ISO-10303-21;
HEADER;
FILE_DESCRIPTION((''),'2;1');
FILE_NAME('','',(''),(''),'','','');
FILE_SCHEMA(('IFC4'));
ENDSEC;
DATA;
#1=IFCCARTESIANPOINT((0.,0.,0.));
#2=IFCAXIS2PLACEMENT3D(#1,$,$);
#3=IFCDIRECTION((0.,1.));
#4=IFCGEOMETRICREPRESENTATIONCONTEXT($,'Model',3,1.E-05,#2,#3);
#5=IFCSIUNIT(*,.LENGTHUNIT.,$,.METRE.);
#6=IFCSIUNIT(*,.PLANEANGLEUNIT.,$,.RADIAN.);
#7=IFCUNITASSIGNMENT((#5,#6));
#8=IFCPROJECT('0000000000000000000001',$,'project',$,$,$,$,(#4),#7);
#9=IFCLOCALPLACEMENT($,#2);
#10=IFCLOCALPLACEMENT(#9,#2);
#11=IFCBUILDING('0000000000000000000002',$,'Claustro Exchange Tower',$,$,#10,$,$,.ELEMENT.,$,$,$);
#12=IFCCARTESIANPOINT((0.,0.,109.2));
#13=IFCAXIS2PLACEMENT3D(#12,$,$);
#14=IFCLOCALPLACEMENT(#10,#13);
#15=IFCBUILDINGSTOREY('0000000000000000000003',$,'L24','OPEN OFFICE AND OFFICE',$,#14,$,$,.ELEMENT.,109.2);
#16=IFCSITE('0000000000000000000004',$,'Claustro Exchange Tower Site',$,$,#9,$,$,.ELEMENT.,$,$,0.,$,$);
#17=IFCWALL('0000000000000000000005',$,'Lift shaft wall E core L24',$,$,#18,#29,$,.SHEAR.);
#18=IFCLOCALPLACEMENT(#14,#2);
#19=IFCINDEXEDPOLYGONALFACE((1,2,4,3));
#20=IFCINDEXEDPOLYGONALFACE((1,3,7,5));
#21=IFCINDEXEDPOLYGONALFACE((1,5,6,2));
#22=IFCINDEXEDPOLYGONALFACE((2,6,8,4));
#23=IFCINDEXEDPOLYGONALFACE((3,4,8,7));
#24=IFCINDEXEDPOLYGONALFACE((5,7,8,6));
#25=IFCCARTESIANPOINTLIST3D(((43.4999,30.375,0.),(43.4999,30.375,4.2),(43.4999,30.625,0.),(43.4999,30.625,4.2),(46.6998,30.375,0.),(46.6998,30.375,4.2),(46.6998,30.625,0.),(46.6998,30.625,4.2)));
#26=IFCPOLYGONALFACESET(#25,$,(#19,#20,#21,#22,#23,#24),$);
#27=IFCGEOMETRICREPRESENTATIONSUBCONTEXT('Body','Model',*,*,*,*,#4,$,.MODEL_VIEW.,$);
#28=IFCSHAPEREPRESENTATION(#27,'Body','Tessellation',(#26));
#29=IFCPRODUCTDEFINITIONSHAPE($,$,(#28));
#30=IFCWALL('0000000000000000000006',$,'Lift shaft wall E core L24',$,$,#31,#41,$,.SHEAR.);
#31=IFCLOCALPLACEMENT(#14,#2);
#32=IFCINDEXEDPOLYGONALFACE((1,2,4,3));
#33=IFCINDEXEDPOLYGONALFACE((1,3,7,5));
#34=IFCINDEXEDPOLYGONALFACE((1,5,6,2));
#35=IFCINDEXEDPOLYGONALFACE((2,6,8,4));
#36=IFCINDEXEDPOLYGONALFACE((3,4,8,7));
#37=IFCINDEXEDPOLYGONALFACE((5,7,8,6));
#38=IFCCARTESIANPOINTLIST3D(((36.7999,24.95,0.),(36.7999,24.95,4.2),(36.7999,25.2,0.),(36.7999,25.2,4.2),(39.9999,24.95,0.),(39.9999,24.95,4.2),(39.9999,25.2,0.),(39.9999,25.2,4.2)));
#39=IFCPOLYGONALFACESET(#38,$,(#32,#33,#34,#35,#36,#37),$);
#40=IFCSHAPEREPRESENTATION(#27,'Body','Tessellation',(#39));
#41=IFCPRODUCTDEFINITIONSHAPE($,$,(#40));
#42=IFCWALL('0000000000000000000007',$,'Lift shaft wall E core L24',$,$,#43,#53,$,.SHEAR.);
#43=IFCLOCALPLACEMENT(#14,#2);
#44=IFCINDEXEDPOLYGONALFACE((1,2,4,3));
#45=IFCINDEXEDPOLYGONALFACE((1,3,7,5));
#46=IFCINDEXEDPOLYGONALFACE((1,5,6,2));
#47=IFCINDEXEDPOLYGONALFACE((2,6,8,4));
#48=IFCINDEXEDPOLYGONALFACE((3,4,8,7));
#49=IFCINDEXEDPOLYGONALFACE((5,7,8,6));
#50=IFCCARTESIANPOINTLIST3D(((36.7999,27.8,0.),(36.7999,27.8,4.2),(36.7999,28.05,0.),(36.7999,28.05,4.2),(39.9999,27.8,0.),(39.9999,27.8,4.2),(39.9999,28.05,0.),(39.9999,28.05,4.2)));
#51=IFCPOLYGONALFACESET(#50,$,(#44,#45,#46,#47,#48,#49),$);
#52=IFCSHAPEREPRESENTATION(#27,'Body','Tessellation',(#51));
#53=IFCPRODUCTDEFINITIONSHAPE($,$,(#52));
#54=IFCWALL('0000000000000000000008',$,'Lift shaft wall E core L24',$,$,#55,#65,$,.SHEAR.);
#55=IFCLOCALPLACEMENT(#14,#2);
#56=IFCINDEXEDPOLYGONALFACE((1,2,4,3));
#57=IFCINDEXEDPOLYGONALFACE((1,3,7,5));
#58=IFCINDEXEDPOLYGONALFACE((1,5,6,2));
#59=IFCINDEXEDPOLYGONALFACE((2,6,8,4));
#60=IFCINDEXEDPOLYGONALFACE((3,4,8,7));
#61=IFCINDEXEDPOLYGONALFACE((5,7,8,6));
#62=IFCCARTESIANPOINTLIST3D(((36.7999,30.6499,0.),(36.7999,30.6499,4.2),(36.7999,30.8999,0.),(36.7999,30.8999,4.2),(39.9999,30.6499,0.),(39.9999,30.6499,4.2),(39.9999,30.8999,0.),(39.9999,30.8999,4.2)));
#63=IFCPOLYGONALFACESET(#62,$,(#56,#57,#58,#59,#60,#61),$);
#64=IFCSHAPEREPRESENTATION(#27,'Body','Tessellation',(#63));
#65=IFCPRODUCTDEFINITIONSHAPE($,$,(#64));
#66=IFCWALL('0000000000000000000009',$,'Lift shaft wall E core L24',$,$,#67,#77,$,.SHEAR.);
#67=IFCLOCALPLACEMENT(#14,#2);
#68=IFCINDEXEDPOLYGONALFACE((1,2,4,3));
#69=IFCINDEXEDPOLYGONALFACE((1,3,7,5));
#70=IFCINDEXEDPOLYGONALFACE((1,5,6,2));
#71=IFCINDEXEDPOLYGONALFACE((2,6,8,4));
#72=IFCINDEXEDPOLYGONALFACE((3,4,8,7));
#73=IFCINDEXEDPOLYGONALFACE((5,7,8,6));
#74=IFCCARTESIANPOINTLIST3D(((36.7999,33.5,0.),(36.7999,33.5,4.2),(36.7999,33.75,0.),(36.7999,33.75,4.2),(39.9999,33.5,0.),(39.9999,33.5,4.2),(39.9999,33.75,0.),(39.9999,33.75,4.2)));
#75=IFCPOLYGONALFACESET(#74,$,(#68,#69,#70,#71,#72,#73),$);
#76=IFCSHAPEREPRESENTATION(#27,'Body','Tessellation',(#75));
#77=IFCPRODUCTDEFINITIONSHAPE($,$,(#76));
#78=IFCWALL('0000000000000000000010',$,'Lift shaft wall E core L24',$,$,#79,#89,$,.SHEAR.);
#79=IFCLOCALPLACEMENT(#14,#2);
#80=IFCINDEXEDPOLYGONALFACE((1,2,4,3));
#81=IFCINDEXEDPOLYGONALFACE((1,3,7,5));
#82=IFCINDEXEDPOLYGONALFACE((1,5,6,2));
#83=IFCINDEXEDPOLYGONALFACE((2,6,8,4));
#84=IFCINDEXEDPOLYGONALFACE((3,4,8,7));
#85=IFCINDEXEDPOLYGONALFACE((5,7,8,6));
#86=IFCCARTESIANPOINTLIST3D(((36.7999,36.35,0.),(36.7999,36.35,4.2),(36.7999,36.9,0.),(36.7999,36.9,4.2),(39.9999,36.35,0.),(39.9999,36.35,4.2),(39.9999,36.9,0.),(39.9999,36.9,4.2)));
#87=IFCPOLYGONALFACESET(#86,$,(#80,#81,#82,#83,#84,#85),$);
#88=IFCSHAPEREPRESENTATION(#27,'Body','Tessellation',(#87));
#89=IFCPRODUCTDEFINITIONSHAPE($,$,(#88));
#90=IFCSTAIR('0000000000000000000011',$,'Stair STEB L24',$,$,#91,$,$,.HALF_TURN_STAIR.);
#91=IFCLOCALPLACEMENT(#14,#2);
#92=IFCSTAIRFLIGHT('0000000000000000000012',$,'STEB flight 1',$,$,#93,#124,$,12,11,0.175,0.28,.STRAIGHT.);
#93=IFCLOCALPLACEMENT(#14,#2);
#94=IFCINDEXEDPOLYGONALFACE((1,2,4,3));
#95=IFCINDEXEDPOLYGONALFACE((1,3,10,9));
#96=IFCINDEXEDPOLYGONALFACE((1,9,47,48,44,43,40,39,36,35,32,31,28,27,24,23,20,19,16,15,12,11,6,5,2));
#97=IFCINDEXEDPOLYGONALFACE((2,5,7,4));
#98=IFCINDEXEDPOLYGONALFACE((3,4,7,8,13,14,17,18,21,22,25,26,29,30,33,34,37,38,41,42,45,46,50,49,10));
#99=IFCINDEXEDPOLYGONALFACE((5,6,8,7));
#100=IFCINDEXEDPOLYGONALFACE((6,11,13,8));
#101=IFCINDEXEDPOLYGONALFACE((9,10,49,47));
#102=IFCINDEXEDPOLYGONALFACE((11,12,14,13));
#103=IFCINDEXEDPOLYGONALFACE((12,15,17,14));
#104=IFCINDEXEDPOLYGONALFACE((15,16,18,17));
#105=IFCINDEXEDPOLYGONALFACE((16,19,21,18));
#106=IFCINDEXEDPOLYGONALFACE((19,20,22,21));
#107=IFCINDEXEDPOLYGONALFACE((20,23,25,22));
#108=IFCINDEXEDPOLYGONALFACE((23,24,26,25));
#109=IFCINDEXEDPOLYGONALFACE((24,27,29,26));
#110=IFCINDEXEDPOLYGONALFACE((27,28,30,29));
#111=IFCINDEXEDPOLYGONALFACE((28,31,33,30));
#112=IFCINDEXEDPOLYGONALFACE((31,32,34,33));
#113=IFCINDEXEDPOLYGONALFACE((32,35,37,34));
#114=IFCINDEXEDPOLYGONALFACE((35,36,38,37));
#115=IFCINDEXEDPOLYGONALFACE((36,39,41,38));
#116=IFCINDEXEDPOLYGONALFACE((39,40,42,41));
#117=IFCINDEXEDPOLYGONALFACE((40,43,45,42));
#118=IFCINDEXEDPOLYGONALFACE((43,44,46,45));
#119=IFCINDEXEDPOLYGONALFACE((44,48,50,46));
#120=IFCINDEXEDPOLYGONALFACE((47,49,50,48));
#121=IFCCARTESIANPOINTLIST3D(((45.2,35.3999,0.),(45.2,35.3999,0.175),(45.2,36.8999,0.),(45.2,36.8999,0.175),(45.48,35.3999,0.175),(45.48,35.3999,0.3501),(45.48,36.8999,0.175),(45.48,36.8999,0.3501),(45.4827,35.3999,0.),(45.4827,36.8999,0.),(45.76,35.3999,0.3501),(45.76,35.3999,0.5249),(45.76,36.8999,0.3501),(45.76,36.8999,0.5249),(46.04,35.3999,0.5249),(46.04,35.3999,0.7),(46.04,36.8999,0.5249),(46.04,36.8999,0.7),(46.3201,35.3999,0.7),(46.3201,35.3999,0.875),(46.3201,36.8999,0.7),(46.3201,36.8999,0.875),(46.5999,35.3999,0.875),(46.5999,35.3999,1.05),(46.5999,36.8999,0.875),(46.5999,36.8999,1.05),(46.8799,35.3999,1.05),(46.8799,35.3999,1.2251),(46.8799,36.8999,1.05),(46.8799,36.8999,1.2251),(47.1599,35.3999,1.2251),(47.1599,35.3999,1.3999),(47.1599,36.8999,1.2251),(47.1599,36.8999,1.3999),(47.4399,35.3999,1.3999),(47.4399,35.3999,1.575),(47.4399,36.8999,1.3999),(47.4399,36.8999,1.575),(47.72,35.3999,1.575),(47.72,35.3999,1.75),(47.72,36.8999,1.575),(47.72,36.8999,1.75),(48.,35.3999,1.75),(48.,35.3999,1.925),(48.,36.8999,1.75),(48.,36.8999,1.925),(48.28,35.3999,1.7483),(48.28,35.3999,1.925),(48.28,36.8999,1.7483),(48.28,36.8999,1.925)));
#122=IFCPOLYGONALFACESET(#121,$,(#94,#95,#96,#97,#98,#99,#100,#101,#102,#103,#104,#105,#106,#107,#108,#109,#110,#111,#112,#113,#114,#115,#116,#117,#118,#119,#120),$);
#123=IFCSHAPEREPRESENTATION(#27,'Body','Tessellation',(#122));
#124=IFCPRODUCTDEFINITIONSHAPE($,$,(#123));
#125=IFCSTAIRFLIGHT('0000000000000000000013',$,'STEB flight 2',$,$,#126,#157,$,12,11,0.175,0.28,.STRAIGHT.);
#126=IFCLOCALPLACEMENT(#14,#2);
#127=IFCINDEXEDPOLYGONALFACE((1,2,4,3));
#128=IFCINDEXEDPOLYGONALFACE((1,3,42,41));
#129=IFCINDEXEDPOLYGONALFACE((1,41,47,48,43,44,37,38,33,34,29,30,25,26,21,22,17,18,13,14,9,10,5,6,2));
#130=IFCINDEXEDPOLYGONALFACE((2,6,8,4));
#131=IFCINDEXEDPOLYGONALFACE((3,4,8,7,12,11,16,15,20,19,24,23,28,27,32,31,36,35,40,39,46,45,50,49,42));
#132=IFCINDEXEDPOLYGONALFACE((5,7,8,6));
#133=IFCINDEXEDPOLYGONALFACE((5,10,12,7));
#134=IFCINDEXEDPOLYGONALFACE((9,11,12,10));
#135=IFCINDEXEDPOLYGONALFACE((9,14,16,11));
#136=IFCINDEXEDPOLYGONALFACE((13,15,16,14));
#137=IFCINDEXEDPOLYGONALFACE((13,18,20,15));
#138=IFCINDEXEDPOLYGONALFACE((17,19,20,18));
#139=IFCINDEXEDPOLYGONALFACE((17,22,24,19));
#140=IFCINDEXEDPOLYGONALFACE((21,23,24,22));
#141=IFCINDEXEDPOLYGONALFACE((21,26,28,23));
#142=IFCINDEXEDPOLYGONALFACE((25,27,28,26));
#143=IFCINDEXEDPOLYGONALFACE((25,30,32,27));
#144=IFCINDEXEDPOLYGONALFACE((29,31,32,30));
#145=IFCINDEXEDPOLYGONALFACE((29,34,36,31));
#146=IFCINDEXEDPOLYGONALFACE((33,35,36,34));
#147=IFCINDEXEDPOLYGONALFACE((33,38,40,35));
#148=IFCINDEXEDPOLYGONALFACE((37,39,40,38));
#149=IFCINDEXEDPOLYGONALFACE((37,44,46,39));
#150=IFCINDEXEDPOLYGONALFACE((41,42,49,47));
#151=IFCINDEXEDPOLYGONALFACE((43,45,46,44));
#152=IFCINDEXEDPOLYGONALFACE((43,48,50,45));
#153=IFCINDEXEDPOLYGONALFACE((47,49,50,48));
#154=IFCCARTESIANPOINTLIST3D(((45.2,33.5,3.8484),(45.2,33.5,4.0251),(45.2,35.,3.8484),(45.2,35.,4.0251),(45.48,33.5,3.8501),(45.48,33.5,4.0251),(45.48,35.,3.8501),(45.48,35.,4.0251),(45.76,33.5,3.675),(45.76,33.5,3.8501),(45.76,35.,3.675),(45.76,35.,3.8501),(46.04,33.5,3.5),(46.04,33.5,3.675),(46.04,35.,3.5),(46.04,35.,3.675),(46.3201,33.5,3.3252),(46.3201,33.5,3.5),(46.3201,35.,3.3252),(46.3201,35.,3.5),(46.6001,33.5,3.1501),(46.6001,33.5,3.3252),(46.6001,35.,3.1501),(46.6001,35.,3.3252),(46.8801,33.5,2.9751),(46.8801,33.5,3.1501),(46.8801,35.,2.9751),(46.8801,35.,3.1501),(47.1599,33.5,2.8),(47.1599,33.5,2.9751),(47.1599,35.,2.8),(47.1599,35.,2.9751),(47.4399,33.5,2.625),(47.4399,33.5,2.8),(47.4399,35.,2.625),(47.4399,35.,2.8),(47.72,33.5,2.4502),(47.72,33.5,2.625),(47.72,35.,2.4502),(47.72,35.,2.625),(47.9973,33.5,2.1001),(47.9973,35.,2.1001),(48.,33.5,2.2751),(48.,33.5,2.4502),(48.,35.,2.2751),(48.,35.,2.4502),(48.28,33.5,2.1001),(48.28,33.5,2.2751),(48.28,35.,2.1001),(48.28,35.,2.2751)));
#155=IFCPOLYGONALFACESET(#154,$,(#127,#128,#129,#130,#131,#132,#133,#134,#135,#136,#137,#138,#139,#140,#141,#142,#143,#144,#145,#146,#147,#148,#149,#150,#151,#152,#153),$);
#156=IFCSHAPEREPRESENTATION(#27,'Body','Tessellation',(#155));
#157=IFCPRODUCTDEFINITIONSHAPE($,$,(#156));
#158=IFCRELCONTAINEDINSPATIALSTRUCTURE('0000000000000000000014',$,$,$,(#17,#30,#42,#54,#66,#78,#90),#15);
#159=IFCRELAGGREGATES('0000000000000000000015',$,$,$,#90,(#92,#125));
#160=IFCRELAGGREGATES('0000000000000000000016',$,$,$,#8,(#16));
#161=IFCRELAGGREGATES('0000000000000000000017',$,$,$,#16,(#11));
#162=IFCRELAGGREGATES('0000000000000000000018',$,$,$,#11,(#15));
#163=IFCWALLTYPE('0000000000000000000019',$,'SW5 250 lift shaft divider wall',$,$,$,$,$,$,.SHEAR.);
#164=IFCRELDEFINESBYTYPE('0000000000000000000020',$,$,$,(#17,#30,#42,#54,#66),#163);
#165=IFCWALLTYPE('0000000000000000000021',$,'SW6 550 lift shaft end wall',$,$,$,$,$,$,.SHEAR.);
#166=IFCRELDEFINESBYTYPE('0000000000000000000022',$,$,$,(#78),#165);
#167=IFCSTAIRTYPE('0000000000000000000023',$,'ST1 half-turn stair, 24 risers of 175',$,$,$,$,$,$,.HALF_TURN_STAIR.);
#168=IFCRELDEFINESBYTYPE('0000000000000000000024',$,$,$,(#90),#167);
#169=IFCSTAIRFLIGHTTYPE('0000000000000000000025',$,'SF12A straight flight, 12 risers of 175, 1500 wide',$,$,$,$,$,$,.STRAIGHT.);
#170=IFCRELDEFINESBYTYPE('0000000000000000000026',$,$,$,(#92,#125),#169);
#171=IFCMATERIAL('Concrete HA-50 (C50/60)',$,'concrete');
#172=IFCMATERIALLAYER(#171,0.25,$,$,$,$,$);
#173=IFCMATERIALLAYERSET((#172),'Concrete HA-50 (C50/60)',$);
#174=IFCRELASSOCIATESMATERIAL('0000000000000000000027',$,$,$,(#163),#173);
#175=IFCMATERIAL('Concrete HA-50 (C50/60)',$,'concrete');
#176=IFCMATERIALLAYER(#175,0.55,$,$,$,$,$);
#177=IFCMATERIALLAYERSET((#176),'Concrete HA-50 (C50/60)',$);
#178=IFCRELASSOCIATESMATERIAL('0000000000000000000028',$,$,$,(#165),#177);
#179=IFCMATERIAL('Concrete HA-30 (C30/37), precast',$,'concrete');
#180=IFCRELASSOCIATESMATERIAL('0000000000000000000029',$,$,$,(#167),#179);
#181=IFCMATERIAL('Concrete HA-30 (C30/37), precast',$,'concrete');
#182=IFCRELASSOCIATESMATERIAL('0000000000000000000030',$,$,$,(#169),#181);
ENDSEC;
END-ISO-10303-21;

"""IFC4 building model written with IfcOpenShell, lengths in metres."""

from ifc_helpers import new_model, si_unit, direction, frame, frame_2d, origin, place, context, subcontext, project, spatial, polyline, rectangle, outline, extrude, material, layer, layer_set, type_object, element, aggregate, save


model = new_model("IFC4")

# Units and contexts
model_context = context("Model", 3, precision=1e-05, world=origin(), true_north=direction((0.0, 1.0)))
body_context = subcontext(model_context, "Body", "Model", "MODEL_VIEW")
ifc_project = project(units=[si_unit("LENGTHUNIT", "METRE"), si_unit("PLANEANGLEUNIT", "RADIAN")], contexts=[model_context])

# Site, building, storey
site_placement = place(None, origin())
site = spatial("IfcSite", under=ifc_project, at=site_placement, Name="Claustro Exchange Tower Site", CompositionType="ELEMENT", RefElevation=0.0)
building_placement = place(site_placement, origin())
building = spatial("IfcBuilding", under=site, at=building_placement, Name="Claustro Exchange Tower", CompositionType="ELEMENT")
storey_placement = place(building_placement, frame((0.0, 0.0, 109.2)))
storey = spatial("IfcBuildingStorey", under=building, at=storey_placement, Name="L24", Description="OPEN OFFICE AND OFFICE", CompositionType="ELEMENT", Elevation=109.2)

# Walls
ifc_material_1 = material(Name="Concrete HA-50 (C50/60)", Category="concrete")
ifc_layer_1 = layer(ifc_material_1, 0.25)
ifc_layer_set_1 = layer_set([ifc_layer_1], Name="Concrete HA-50 (C50/60)")
wall_type_1 = type_object("IfcWallType", Name="SW5 250 lift shaft divider wall", PredefinedType="SHEAR", material=ifc_layer_set_1)
for number, where, z_axis, x_axis, name in (
    (1, (46.7, 30.5, 0.0), (0.0, 0.0, 1.0), (-1.0, 0.0, 0.0), "Lift shaft wall E core L24"),
    (2, (40.0, 25.075, 0.0), (0.0, 0.0, 1.0), (-1.0, 0.0, 0.0), "Lift shaft wall E core L24"),
    (3, (40.0, 27.925, 0.0), (0.0, 0.0, 1.0), (-1.0, 0.0, 0.0), "Lift shaft wall E core L24"),
    (4, (40.0, 30.7749, 0.0), (0.0, 0.0, 1.0), (-1.0, 0.0, 0.0), "Lift shaft wall E core L24"),
    (5, (40.0, 33.625, 0.0), (0.0, 0.0, 1.0), (-1.0, 0.0, 0.0), "Lift shaft wall E core L24"),
):
    element("IfcWall", number, at=place(storey_placement, frame(where, z_axis=z_axis, x_axis=x_axis)), inside=storey, type_object=wall_type_1, Name=name, PredefinedType="SHEAR", context=body_context, shape_type="SweptSolid", body=[
        extrude(rectangle(XDim=3.2, YDim=0.25, at=frame_2d((1.6001, 0.0))), origin(), (0.0, 0.0, 1.0), 4.2),
    ])
ifc_material_2 = material(Name="Concrete HA-50 (C50/60)", Category="concrete")
ifc_layer_2 = layer(ifc_material_2, 0.55)
ifc_layer_set_2 = layer_set([ifc_layer_2], Name="Concrete HA-50 (C50/60)")
wall_type_2 = type_object("IfcWallType", Name="SW6 550 lift shaft end wall", PredefinedType="SHEAR", material=ifc_layer_set_2)
wall_1_placement = place(storey_placement, frame((40.0, 36.625, 0.0), z_axis=(0.0, 0.0, 1.0), x_axis=(-1.0, 0.0, 0.0)))
element("IfcWall", 6, at=wall_1_placement, inside=storey, type_object=wall_type_2, Name="Lift shaft wall E core L24", PredefinedType="SHEAR", context=body_context, shape_type="SweptSolid", body=[
    extrude(rectangle(XDim=3.2, YDim=0.55, at=frame_2d((1.6001, 0.0))), origin(), (0.0, 0.0, 1.0), 4.2),
])

# Stair, stair flights
ifc_material_3 = material(Name="Concrete HA-30 (C30/37), precast", Category="concrete")
stair_type = type_object("IfcStairType", Name="ST1 half-turn stair, 24 risers of 175", PredefinedType="HALF_TURN_STAIR", material=ifc_material_3)
stair_placement = place(storey_placement, origin())
stair = element("IfcStair", 7, at=stair_placement, inside=storey, type_object=stair_type, Name="Stair STEB L24", PredefinedType="HALF_TURN_STAIR")
ifc_material_4 = material(Name="Concrete HA-30 (C30/37), precast", Category="concrete")
stair_flight_type = type_object("IfcStairFlightType", Name="SF12A straight flight, 12 risers of 175, 1500 wide", PredefinedType="STRAIGHT", material=ifc_material_4)
stair_flight_1_placement = place(storey_placement, frame((45.2, 36.1499, 0.0), z_axis=(0.0, 0.0, 1.0), x_axis=(1.0, 0.0, 0.0)))
stair_flight_1 = element("IfcStairFlight", 8, at=stair_flight_1_placement, type_object=stair_flight_type, Name="STEB flight 1", NumberOfRisers=12, NumberOfTreads=11, PredefinedType="STRAIGHT", RiserHeight=0.175, TreadLength=0.28, context=body_context, shape_type="SweptSolid", body=[
    extrude(outline(polyline([(0.0, 0.0), (0.0, 0.175), (0.28, 0.175), (0.28, 0.3501), (0.5601, 0.3501), (0.5601, 0.5249), (0.8401, 0.5249), (0.8401, 0.7), (1.1201, 0.7), (1.1201, 0.875), (1.3999, 0.875), (1.3999, 1.05), (1.6799, 1.05), (1.6799, 1.2251), (1.96, 1.2251), (1.96, 1.3999), (2.24, 1.3999), (2.24, 1.575), (2.52, 1.575), (2.52, 1.75), (2.8, 1.75), (2.8, 1.925), (3.0801, 1.925), (3.0801, 2.1001), (3.0801, 1.7483), (0.2827, 0.0), (0.0, 0.0)])), frame((0.0, 0.75, 0.0), z_axis=(0.0, -1.0, 0.0), x_axis=(1.0, 0.0, 0.0)), (0.0, 0.0, 1.0), 1.5),
])
stair_flight_2_placement = place(storey_placement, frame((48.28, 34.25, 2.1001), z_axis=(0.0, 0.0, 1.0), x_axis=(-1.0, 0.0, 0.0)))
stair_flight_2 = element("IfcStairFlight", 9, at=stair_flight_2_placement, type_object=stair_flight_type, Name="STEB flight 2", NumberOfRisers=12, NumberOfTreads=11, PredefinedType="STRAIGHT", RiserHeight=0.175, TreadLength=0.28, context=body_context, shape_type="SweptSolid", body=[
    extrude(outline(polyline([(0.0, 0.0), (0.0, 0.175), (0.28, 0.175), (0.28, 0.3501), (0.5601, 0.3501), (0.5601, 0.5249), (0.8401, 0.5249), (0.8401, 0.7), (1.1201, 0.7), (1.1201, 0.875), (1.3999, 0.875), (1.3999, 1.05), (1.6799, 1.05), (1.6799, 1.2251), (1.96, 1.2251), (1.96, 1.3999), (2.24, 1.3999), (2.24, 1.575), (2.52, 1.575), (2.52, 1.75), (2.8, 1.75), (2.8, 1.925), (3.0801, 1.925), (3.0801, 2.1001), (3.0801, 1.7483), (0.2827, 0.0), (0.0, 0.0)])), frame((0.0, 0.75, 0.0), z_axis=(0.0, -1.0, 0.0), x_axis=(1.0, 0.0, 0.0)), (0.0, 0.0, 1.0), 1.5),
])
aggregate(stair, [stair_flight_1, stair_flight_2])

save(model, "model.ifc")
